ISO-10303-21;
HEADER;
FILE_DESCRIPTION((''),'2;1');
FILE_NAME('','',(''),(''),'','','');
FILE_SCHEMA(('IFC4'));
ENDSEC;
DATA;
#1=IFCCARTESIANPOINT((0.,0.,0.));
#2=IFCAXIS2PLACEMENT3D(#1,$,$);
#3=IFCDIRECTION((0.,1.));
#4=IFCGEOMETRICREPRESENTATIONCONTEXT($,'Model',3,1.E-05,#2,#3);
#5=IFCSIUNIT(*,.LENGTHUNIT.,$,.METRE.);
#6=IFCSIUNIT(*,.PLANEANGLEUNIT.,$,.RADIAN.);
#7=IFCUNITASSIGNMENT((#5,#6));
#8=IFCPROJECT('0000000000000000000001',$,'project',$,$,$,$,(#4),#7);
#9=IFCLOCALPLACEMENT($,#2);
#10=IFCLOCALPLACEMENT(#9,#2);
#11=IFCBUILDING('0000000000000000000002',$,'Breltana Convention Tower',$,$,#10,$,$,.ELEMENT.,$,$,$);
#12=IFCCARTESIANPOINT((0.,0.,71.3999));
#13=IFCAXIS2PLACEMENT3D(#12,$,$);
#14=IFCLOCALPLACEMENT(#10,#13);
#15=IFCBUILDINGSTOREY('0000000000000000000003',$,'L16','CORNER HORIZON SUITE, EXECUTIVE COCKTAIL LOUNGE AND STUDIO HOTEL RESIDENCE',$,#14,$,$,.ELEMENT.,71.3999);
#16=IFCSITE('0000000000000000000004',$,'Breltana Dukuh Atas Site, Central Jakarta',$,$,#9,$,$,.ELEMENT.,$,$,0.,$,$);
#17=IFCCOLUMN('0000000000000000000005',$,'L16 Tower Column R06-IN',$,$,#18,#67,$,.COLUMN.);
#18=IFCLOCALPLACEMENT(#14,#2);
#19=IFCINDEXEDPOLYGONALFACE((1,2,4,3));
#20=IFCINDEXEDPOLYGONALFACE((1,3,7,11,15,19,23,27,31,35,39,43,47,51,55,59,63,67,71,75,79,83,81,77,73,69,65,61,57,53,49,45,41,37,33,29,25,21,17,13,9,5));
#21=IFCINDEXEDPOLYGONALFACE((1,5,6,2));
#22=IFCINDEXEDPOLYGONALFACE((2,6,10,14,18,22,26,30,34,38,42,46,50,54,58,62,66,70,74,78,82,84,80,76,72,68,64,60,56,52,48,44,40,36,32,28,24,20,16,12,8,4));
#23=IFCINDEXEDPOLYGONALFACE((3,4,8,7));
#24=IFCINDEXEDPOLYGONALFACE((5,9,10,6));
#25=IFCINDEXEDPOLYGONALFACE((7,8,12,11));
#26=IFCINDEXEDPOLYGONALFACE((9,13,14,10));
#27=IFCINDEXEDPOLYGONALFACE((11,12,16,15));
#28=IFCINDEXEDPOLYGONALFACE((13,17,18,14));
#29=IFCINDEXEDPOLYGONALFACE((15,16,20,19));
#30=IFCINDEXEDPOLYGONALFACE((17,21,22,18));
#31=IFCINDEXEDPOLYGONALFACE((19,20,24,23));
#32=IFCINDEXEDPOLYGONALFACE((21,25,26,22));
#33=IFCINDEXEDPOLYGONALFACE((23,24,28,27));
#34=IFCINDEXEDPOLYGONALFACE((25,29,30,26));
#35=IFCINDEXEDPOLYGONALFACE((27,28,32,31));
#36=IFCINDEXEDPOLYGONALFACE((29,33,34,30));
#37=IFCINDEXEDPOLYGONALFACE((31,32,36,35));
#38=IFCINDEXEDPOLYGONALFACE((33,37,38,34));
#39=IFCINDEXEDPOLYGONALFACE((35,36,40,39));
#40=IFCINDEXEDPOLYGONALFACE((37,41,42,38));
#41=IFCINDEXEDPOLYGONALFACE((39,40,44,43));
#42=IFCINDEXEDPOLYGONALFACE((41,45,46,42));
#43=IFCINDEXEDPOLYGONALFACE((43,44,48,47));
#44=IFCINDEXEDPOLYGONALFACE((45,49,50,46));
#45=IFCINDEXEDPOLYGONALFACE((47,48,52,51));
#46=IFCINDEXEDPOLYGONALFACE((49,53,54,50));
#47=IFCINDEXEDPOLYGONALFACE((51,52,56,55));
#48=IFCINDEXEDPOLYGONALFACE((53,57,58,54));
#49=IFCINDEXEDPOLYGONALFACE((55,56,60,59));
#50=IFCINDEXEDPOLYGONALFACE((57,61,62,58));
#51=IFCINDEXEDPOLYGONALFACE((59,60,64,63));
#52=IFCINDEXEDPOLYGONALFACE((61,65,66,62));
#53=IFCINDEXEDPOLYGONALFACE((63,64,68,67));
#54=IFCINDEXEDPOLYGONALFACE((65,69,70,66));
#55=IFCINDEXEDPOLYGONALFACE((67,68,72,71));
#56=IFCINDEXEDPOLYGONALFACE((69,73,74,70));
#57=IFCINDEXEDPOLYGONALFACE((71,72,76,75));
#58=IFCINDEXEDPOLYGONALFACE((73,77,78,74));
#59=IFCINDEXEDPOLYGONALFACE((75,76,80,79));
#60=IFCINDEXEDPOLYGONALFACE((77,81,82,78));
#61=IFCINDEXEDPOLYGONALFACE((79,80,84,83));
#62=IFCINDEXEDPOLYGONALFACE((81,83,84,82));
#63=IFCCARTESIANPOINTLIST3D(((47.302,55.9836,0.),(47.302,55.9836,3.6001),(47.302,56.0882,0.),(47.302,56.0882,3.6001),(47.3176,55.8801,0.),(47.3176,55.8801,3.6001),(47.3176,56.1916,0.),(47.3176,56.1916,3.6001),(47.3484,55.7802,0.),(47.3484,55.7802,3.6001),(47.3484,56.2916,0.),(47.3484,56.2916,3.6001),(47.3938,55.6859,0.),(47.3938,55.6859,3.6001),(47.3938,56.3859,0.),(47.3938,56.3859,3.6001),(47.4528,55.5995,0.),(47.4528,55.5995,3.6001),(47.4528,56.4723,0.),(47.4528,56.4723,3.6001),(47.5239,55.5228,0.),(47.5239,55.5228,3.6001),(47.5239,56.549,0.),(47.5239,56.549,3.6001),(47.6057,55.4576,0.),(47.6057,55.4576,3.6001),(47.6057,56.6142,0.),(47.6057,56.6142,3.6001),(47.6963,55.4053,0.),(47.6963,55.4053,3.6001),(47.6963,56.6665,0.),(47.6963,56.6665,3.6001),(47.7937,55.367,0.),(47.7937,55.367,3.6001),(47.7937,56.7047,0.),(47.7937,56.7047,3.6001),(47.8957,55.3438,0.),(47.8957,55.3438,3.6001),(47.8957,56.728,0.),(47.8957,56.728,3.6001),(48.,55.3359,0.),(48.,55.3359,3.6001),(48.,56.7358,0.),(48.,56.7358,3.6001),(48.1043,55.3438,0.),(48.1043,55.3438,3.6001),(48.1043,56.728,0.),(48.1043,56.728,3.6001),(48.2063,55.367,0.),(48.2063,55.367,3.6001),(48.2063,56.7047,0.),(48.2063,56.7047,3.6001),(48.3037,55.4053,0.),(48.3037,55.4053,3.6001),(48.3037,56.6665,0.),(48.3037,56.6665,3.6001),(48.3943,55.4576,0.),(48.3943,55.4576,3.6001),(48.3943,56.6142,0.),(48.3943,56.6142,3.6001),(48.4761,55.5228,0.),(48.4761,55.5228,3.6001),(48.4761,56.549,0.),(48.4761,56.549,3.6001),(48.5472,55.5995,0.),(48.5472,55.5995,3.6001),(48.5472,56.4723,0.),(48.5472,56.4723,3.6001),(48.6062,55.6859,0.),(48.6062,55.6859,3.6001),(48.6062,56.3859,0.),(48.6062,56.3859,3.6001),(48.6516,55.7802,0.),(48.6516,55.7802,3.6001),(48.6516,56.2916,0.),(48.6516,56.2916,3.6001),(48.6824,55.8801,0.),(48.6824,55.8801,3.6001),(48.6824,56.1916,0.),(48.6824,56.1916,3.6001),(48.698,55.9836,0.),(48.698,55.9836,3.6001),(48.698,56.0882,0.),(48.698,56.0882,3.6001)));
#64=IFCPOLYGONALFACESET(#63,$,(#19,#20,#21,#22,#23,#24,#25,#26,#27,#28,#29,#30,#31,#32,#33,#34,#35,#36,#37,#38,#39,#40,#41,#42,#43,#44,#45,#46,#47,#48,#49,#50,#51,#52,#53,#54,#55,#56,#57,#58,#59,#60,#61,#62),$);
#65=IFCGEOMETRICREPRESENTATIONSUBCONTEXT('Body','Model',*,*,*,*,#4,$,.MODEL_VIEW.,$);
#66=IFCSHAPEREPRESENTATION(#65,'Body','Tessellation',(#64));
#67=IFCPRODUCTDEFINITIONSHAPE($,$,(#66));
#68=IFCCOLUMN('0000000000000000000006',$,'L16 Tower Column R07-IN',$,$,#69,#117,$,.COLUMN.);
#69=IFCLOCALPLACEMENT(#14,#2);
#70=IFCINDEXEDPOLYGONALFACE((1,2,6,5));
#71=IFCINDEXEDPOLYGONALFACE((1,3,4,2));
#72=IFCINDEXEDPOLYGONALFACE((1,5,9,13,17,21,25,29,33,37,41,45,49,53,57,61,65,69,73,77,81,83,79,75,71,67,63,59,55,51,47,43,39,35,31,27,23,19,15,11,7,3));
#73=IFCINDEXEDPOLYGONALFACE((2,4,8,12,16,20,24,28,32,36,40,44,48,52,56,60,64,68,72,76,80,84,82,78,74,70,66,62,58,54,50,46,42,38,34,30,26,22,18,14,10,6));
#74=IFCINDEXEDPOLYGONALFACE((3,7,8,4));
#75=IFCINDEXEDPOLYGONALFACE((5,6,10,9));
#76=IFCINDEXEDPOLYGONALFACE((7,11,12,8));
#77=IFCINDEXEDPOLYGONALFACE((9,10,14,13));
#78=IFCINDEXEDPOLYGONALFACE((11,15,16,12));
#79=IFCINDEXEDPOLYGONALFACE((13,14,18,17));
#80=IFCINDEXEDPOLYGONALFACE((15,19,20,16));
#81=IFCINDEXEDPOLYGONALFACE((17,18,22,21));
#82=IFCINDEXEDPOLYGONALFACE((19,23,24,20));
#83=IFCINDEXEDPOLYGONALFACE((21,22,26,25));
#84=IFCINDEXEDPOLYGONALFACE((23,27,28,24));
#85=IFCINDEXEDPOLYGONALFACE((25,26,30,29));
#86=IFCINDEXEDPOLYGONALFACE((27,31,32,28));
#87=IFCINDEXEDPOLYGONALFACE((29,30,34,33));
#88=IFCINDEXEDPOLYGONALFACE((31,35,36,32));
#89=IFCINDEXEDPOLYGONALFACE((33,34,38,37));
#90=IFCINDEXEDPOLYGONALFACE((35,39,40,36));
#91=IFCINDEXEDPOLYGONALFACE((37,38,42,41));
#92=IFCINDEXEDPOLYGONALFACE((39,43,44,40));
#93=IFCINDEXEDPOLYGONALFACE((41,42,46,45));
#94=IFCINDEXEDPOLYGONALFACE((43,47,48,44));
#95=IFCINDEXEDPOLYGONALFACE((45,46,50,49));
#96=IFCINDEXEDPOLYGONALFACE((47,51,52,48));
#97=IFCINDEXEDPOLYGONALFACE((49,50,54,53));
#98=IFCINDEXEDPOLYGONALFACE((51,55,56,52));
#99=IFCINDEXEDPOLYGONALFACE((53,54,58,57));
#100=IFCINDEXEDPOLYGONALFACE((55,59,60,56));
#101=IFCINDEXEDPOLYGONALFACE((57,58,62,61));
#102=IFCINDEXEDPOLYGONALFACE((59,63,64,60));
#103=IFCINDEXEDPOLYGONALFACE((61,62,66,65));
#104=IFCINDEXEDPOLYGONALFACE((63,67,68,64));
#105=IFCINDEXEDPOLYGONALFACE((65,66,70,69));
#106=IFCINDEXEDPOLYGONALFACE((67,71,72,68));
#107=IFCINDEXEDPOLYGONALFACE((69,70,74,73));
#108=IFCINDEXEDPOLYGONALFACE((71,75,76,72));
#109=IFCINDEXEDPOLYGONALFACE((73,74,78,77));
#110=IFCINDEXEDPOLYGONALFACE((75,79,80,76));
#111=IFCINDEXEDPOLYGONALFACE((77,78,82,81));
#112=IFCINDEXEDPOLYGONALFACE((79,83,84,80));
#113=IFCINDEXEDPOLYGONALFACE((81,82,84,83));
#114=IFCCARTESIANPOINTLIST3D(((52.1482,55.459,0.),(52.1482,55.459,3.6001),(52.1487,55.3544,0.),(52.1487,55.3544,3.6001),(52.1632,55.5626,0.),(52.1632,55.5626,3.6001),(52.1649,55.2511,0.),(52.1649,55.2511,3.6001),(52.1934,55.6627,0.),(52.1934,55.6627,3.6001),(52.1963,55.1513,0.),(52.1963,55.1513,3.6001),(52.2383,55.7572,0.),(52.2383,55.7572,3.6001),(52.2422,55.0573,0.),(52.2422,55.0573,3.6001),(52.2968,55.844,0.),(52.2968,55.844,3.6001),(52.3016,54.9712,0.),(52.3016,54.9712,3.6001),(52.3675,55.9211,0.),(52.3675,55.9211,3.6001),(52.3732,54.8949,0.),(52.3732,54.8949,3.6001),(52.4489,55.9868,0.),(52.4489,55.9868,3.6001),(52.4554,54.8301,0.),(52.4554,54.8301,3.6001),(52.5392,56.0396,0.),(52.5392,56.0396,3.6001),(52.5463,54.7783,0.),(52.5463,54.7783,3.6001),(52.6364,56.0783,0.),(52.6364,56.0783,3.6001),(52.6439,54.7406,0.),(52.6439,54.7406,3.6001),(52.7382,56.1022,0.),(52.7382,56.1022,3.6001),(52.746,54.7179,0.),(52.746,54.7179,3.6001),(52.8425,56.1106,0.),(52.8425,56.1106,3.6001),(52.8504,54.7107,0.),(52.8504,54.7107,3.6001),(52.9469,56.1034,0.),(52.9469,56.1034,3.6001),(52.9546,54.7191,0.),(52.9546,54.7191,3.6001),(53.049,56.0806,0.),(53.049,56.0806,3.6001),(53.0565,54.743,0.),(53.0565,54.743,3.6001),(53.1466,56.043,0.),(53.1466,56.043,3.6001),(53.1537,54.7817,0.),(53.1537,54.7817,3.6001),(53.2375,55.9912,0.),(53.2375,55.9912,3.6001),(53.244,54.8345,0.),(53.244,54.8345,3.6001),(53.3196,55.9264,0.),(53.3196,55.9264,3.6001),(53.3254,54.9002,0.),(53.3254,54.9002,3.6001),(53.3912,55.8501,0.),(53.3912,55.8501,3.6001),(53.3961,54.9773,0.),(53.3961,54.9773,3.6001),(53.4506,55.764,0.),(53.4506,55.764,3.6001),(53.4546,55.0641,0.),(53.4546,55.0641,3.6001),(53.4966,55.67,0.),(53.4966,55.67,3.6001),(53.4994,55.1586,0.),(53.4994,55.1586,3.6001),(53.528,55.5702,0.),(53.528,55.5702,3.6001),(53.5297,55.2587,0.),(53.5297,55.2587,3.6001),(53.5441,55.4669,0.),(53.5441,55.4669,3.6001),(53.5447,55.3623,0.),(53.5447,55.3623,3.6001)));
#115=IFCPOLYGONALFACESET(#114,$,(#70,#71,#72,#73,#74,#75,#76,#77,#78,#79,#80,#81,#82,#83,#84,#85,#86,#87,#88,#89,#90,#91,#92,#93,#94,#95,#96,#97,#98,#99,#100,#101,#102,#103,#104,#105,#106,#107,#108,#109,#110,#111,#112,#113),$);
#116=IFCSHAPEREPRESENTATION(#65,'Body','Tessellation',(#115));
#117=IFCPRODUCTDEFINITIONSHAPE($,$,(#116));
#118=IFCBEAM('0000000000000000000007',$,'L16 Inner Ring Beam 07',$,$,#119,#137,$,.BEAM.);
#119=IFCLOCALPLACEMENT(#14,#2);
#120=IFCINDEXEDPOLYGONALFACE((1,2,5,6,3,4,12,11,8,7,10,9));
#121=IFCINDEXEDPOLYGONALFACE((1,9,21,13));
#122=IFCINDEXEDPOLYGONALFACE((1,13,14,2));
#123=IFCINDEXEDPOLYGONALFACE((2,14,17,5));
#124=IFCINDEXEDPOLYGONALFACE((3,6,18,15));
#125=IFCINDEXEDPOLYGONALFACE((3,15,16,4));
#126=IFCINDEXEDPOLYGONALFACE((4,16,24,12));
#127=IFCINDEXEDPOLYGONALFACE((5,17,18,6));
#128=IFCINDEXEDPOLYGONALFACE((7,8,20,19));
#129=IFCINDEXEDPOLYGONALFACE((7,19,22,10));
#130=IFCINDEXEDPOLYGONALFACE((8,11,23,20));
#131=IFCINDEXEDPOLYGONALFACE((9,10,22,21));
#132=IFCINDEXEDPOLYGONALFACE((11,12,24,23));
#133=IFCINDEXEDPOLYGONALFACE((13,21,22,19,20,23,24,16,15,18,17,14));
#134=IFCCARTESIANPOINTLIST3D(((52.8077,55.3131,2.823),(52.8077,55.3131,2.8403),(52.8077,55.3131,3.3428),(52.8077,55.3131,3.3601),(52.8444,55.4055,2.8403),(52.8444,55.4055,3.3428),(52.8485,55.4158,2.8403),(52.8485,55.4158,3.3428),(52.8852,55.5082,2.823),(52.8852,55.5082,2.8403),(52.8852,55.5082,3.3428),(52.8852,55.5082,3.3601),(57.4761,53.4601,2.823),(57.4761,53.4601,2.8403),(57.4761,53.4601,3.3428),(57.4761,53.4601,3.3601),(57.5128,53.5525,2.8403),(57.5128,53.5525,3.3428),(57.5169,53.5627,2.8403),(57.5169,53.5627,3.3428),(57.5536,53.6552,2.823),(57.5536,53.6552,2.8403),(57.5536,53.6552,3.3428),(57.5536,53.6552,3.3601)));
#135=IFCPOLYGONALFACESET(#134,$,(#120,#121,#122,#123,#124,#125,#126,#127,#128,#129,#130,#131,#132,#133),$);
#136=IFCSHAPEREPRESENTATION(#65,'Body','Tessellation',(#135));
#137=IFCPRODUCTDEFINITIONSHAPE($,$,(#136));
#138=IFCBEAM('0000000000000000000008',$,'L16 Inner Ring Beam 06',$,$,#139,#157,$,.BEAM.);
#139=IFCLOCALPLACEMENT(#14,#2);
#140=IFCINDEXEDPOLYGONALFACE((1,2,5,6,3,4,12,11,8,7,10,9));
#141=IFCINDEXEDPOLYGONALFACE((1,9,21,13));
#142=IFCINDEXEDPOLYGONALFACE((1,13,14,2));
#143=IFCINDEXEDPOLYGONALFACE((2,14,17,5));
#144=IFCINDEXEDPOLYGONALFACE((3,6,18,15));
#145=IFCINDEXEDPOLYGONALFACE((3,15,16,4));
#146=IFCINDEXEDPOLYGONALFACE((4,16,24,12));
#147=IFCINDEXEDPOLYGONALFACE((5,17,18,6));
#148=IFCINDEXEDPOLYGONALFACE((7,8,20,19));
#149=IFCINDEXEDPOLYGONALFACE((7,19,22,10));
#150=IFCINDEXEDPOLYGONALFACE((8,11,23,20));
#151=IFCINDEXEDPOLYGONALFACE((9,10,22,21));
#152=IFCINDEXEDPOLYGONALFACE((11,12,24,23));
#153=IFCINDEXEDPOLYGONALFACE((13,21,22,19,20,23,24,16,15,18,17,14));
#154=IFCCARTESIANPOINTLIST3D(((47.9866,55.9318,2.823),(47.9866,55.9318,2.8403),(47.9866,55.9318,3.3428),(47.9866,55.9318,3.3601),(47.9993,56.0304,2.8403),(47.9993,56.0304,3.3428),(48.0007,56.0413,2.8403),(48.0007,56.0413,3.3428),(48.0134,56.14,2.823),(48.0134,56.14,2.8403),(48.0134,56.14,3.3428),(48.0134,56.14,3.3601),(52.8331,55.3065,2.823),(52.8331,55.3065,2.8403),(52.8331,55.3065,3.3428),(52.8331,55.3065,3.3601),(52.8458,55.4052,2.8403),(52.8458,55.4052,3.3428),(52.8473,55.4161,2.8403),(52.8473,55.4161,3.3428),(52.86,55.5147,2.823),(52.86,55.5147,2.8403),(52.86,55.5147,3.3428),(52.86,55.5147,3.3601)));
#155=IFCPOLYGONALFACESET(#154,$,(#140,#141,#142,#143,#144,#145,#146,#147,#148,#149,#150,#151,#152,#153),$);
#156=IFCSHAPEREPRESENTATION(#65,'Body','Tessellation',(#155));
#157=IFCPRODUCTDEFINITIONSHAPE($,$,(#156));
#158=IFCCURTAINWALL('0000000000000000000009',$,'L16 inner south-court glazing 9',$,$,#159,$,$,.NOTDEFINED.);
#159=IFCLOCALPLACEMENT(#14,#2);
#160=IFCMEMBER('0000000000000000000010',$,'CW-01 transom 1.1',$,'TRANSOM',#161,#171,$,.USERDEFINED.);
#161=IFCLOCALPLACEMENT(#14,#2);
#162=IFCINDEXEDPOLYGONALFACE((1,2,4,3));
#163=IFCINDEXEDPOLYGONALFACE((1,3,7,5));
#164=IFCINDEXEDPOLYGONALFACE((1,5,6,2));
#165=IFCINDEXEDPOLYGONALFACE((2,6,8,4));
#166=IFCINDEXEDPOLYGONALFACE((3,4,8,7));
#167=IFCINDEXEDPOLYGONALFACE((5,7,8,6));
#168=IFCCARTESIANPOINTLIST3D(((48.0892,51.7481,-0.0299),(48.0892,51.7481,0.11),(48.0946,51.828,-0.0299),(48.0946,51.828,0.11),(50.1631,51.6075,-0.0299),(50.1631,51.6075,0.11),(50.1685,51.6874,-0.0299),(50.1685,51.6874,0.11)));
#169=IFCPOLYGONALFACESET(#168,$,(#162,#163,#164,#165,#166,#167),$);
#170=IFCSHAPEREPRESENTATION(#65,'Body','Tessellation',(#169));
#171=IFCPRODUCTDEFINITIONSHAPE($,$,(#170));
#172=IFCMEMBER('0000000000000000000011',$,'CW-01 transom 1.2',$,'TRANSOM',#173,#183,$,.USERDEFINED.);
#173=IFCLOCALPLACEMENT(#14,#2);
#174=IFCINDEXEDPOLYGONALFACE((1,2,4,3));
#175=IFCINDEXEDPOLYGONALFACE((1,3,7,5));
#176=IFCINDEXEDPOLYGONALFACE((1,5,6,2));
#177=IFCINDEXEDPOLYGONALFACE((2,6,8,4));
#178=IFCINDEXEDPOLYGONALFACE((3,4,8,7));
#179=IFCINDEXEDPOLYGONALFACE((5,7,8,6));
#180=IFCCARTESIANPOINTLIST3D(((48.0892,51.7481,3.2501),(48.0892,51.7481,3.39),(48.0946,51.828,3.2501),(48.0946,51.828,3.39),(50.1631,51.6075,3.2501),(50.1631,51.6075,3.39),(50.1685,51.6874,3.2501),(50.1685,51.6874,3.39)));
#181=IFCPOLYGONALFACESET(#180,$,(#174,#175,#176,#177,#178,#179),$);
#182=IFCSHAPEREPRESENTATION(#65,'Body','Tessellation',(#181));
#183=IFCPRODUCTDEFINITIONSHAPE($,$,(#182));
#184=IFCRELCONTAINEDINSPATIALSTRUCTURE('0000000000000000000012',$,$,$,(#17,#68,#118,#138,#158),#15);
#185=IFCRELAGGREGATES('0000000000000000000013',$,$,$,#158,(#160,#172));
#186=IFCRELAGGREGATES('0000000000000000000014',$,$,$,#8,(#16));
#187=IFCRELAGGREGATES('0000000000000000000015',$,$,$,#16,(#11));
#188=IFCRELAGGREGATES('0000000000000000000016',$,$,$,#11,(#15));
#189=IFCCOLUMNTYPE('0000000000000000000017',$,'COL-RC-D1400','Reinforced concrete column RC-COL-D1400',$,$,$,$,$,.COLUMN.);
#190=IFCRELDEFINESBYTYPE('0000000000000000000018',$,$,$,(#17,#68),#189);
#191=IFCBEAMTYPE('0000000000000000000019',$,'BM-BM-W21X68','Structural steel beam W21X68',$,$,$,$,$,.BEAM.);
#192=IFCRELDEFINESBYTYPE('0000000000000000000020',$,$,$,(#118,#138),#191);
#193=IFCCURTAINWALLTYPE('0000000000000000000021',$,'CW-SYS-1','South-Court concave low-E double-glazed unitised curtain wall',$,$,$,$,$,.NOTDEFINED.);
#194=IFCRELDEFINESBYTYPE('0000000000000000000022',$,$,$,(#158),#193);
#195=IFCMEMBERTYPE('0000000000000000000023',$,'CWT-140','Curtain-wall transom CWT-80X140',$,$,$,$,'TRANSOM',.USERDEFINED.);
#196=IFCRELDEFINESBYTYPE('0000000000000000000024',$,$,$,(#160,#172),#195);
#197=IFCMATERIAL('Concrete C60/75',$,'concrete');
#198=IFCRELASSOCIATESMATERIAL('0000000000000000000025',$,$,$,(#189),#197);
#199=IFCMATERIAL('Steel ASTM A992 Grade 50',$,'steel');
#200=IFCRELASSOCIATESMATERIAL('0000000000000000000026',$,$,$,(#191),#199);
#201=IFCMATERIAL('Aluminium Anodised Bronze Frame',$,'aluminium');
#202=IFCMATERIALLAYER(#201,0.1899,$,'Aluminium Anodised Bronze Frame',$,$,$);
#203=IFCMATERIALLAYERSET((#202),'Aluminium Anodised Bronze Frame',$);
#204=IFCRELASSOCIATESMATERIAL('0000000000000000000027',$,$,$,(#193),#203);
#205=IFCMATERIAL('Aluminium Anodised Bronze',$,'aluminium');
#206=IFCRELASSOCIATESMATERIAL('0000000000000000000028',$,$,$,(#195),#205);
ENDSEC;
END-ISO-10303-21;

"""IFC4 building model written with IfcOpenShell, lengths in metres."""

from ifc_helpers import new_model, si_unit, direction, frame, origin, origin_2d, place, context, subcontext, project, spatial, rectangle, circle, i_section, extrude, source, transform, mapped, material, layer, layer_set, material_profile, profile_set, type_object, element, aggregate, save


model = new_model("IFC4")

# Units and contexts
model_context = context("Model", 3, precision=1e-05, world=origin(), true_north=direction((0.0, 1.0)))
body_context = subcontext(model_context, "Body", "Model", "MODEL_VIEW")
ifc_project = project(units=[si_unit("LENGTHUNIT", "METRE"), si_unit("PLANEANGLEUNIT", "RADIAN")], contexts=[model_context])

# Site, building, storey
site_placement = place(None, origin())
site = spatial("IfcSite", under=ifc_project, at=site_placement, Name="Breltana Dukuh Atas Site, Central Jakarta", CompositionType="ELEMENT", RefElevation=0.0)
building_placement = place(site_placement, origin())
building = spatial("IfcBuilding", under=site, at=building_placement, Name="Breltana Convention Tower", CompositionType="ELEMENT")
storey_placement = place(building_placement, frame((0.0, 0.0, 71.3999)))
storey = spatial("IfcBuildingStorey", under=building, at=storey_placement, Name="L16", Description="CORNER HORIZON SUITE, EXECUTIVE COCKTAIL LOUNGE AND STUDIO HOTEL RESIDENCE", CompositionType="ELEMENT", Elevation=71.3999)

# Columns
ifc_material_1 = material(Name="Concrete C60/75", Category="concrete")
ifc_material_profile_1 = material_profile(ifc_material_1, circle(Radius=0.7, at=origin_2d()), Name="RC-COL-D1400")
ifc_profile_set_1 = profile_set([ifc_material_profile_1], Name="Concrete C60/75")
column_type = type_object("IfcColumnType", Name="COL-RC-D1400", Description="Reinforced concrete column RC-COL-D1400", PredefinedType="COLUMN", material=ifc_profile_set_1)
shared_shape_1 = source(origin(), body_context, "Body", "SweptSolid", [
    extrude(circle(Radius=0.7, at=origin_2d()), origin(), (0.0, 0.0, 1.0), 3.6001),
])
for number, where, z_axis, x_axis, name in (
    (1, (48.0, 56.0359, 0.0), (0.0, 0.0, 1.0), (0.0, 1.0, 0.0), "L16 Tower Column R06-IN"),
    (2, (52.8464, 55.4106, 0.0), (0.0, 0.0, 1.0), (0.143493, 0.989651, 0.0), "L16 Tower Column R07-IN"),
):
    element("IfcColumn", number, at=place(storey_placement, frame(where, z_axis=z_axis, x_axis=x_axis)), inside=storey, type_object=column_type, Name=name, PredefinedType="COLUMN", context=body_context, shape_type="MappedRepresentation", body=[
        mapped(shared_shape_1, transform((0.0, 0.0, 0.0), scale=1.0)),
    ])

# Beams
ifc_material_2 = material(Name="Steel ASTM A992 Grade 50", Category="steel")
ifc_material_profile_2 = material_profile(ifc_material_2, i_section(OverallWidth=0.21, OverallDepth=0.5371, WebThickness=0.011, FlangeThickness=0.0173, at=origin_2d()), Name="W21X68")
ifc_profile_set_2 = profile_set([ifc_material_profile_2], Name="Steel ASTM A992 Grade 50")
beam_type = type_object("IfcBeamType", Name="BM-BM-W21X68", Description="Structural steel beam W21X68", PredefinedType="BEAM", material=ifc_profile_set_2)
shared_shape_2 = source(origin(), body_context, "Body", "SweptSolid", [
    extrude(i_section(OverallWidth=0.21, OverallDepth=0.5371, WebThickness=0.011, FlangeThickness=0.0173, at=origin_2d()), origin(), (0.0, 0.0, 1.0), 5.0227),
])
beam_1_placement = place(storey_placement, frame((52.8464, 55.4106, 3.0916), z_axis=(0.929459, -0.368926, 0.0), x_axis=(0.368926, 0.929459, 0.0)))
element("IfcBeam", 3, at=beam_1_placement, inside=storey, type_object=beam_type, Name="L16 Inner Ring Beam 07", PredefinedType="BEAM", context=body_context, shape_type="MappedRepresentation", body=[
    mapped(shared_shape_2, transform((0.0, 0.0, 0.0), scale=1.0)),
])
shared_shape_3 = source(origin(), body_context, "Body", "SweptSolid", [
    extrude(i_section(OverallWidth=0.21, OverallDepth=0.5371, WebThickness=0.011, FlangeThickness=0.0173, at=origin_2d()), origin(), (0.0, 0.0, 1.0), 4.8867),
])
beam_2_placement = place(storey_placement, frame((48.0, 56.0359, 3.0916), z_axis=(0.991781, -0.127951, 0.0), x_axis=(0.127951, 0.991781, 0.0)))
element("IfcBeam", 4, at=beam_2_placement, inside=storey, type_object=beam_type, Name="L16 Inner Ring Beam 06", PredefinedType="BEAM", context=body_context, shape_type="MappedRepresentation", body=[
    mapped(shared_shape_3, transform((0.0, 0.0, 0.0), scale=1.0)),
])

# Curtain wall, members
ifc_material_3 = material(Name="Aluminium Anodised Bronze Frame", Category="aluminium")
ifc_layer_1 = layer(ifc_material_3, 0.1899, Name="Aluminium Anodised Bronze Frame")
ifc_layer_set_1 = layer_set([ifc_layer_1], Name="Aluminium Anodised Bronze Frame")
curtain_wall_type = type_object("IfcCurtainWallType", Name="CW-SYS-1", Description="South-Court concave low-E double-glazed unitised curtain wall", PredefinedType="NOTDEFINED", material=ifc_layer_set_1)
curtain_wall_1_placement = place(storey_placement, origin())
curtain_wall_1 = element("IfcCurtainWall", 5, at=curtain_wall_1_placement, inside=storey, type_object=curtain_wall_type, Name="L16 inner south-court glazing 9", PredefinedType="NOTDEFINED")
ifc_material_4 = material(Name="Aluminium Anodised Bronze", Category="aluminium")
ifc_material_profile_3 = material_profile(ifc_material_4, rectangle(XDim=0.0801, YDim=0.1399, at=origin_2d()), Name="CWT-80X140")
ifc_profile_set_3 = profile_set([ifc_material_profile_3], Name="Aluminium Anodised Bronze")
member_type_1 = type_object("IfcMemberType", Name="CWT-140", Description="Curtain-wall transom CWT-80X140", ElementType="TRANSOM", PredefinedType="USERDEFINED", material=ifc_profile_set_3)
shared_shape_4 = source(origin(), body_context, "Body", "SweptSolid", [
    extrude(rectangle(XDim=0.0801, YDim=0.1399, at=origin_2d()), origin(), (0.0, 0.0, 1.0), 2.0786),
])
member_1_placement = place(storey_placement, frame((50.1658, 51.6475, 0.04), z_axis=(-0.997709, 0.067657, 0.0), x_axis=(-0.067657, -0.997709, 0.0)))
member_1 = element("IfcMember", 6, at=member_1_placement, type_object=member_type_1, Name="CW-01 transom 1.1", ObjectType="TRANSOM", PredefinedType="USERDEFINED", context=body_context, shape_type="MappedRepresentation", body=[
    mapped(shared_shape_4, transform((0.0, 0.0, 0.0), scale=1.0)),
])
member_2_placement = place(storey_placement, frame((50.1658, 51.6475, 3.3201), z_axis=(-0.997709, 0.067657, 0.0), x_axis=(-0.067657, -0.997709, 0.0)))
member_2 = element("IfcMember", 7, at=member_2_placement, type_object=member_type_1, Name="CW-01 transom 1.2", ObjectType="TRANSOM", PredefinedType="USERDEFINED", context=body_context, shape_type="MappedRepresentation", body=[
    mapped(shared_shape_4, transform((0.0, 0.0, 0.0), scale=1.0)),
])

aggregate(curtain_wall_1, [member_1, member_2])

save(model, "model.ifc")
